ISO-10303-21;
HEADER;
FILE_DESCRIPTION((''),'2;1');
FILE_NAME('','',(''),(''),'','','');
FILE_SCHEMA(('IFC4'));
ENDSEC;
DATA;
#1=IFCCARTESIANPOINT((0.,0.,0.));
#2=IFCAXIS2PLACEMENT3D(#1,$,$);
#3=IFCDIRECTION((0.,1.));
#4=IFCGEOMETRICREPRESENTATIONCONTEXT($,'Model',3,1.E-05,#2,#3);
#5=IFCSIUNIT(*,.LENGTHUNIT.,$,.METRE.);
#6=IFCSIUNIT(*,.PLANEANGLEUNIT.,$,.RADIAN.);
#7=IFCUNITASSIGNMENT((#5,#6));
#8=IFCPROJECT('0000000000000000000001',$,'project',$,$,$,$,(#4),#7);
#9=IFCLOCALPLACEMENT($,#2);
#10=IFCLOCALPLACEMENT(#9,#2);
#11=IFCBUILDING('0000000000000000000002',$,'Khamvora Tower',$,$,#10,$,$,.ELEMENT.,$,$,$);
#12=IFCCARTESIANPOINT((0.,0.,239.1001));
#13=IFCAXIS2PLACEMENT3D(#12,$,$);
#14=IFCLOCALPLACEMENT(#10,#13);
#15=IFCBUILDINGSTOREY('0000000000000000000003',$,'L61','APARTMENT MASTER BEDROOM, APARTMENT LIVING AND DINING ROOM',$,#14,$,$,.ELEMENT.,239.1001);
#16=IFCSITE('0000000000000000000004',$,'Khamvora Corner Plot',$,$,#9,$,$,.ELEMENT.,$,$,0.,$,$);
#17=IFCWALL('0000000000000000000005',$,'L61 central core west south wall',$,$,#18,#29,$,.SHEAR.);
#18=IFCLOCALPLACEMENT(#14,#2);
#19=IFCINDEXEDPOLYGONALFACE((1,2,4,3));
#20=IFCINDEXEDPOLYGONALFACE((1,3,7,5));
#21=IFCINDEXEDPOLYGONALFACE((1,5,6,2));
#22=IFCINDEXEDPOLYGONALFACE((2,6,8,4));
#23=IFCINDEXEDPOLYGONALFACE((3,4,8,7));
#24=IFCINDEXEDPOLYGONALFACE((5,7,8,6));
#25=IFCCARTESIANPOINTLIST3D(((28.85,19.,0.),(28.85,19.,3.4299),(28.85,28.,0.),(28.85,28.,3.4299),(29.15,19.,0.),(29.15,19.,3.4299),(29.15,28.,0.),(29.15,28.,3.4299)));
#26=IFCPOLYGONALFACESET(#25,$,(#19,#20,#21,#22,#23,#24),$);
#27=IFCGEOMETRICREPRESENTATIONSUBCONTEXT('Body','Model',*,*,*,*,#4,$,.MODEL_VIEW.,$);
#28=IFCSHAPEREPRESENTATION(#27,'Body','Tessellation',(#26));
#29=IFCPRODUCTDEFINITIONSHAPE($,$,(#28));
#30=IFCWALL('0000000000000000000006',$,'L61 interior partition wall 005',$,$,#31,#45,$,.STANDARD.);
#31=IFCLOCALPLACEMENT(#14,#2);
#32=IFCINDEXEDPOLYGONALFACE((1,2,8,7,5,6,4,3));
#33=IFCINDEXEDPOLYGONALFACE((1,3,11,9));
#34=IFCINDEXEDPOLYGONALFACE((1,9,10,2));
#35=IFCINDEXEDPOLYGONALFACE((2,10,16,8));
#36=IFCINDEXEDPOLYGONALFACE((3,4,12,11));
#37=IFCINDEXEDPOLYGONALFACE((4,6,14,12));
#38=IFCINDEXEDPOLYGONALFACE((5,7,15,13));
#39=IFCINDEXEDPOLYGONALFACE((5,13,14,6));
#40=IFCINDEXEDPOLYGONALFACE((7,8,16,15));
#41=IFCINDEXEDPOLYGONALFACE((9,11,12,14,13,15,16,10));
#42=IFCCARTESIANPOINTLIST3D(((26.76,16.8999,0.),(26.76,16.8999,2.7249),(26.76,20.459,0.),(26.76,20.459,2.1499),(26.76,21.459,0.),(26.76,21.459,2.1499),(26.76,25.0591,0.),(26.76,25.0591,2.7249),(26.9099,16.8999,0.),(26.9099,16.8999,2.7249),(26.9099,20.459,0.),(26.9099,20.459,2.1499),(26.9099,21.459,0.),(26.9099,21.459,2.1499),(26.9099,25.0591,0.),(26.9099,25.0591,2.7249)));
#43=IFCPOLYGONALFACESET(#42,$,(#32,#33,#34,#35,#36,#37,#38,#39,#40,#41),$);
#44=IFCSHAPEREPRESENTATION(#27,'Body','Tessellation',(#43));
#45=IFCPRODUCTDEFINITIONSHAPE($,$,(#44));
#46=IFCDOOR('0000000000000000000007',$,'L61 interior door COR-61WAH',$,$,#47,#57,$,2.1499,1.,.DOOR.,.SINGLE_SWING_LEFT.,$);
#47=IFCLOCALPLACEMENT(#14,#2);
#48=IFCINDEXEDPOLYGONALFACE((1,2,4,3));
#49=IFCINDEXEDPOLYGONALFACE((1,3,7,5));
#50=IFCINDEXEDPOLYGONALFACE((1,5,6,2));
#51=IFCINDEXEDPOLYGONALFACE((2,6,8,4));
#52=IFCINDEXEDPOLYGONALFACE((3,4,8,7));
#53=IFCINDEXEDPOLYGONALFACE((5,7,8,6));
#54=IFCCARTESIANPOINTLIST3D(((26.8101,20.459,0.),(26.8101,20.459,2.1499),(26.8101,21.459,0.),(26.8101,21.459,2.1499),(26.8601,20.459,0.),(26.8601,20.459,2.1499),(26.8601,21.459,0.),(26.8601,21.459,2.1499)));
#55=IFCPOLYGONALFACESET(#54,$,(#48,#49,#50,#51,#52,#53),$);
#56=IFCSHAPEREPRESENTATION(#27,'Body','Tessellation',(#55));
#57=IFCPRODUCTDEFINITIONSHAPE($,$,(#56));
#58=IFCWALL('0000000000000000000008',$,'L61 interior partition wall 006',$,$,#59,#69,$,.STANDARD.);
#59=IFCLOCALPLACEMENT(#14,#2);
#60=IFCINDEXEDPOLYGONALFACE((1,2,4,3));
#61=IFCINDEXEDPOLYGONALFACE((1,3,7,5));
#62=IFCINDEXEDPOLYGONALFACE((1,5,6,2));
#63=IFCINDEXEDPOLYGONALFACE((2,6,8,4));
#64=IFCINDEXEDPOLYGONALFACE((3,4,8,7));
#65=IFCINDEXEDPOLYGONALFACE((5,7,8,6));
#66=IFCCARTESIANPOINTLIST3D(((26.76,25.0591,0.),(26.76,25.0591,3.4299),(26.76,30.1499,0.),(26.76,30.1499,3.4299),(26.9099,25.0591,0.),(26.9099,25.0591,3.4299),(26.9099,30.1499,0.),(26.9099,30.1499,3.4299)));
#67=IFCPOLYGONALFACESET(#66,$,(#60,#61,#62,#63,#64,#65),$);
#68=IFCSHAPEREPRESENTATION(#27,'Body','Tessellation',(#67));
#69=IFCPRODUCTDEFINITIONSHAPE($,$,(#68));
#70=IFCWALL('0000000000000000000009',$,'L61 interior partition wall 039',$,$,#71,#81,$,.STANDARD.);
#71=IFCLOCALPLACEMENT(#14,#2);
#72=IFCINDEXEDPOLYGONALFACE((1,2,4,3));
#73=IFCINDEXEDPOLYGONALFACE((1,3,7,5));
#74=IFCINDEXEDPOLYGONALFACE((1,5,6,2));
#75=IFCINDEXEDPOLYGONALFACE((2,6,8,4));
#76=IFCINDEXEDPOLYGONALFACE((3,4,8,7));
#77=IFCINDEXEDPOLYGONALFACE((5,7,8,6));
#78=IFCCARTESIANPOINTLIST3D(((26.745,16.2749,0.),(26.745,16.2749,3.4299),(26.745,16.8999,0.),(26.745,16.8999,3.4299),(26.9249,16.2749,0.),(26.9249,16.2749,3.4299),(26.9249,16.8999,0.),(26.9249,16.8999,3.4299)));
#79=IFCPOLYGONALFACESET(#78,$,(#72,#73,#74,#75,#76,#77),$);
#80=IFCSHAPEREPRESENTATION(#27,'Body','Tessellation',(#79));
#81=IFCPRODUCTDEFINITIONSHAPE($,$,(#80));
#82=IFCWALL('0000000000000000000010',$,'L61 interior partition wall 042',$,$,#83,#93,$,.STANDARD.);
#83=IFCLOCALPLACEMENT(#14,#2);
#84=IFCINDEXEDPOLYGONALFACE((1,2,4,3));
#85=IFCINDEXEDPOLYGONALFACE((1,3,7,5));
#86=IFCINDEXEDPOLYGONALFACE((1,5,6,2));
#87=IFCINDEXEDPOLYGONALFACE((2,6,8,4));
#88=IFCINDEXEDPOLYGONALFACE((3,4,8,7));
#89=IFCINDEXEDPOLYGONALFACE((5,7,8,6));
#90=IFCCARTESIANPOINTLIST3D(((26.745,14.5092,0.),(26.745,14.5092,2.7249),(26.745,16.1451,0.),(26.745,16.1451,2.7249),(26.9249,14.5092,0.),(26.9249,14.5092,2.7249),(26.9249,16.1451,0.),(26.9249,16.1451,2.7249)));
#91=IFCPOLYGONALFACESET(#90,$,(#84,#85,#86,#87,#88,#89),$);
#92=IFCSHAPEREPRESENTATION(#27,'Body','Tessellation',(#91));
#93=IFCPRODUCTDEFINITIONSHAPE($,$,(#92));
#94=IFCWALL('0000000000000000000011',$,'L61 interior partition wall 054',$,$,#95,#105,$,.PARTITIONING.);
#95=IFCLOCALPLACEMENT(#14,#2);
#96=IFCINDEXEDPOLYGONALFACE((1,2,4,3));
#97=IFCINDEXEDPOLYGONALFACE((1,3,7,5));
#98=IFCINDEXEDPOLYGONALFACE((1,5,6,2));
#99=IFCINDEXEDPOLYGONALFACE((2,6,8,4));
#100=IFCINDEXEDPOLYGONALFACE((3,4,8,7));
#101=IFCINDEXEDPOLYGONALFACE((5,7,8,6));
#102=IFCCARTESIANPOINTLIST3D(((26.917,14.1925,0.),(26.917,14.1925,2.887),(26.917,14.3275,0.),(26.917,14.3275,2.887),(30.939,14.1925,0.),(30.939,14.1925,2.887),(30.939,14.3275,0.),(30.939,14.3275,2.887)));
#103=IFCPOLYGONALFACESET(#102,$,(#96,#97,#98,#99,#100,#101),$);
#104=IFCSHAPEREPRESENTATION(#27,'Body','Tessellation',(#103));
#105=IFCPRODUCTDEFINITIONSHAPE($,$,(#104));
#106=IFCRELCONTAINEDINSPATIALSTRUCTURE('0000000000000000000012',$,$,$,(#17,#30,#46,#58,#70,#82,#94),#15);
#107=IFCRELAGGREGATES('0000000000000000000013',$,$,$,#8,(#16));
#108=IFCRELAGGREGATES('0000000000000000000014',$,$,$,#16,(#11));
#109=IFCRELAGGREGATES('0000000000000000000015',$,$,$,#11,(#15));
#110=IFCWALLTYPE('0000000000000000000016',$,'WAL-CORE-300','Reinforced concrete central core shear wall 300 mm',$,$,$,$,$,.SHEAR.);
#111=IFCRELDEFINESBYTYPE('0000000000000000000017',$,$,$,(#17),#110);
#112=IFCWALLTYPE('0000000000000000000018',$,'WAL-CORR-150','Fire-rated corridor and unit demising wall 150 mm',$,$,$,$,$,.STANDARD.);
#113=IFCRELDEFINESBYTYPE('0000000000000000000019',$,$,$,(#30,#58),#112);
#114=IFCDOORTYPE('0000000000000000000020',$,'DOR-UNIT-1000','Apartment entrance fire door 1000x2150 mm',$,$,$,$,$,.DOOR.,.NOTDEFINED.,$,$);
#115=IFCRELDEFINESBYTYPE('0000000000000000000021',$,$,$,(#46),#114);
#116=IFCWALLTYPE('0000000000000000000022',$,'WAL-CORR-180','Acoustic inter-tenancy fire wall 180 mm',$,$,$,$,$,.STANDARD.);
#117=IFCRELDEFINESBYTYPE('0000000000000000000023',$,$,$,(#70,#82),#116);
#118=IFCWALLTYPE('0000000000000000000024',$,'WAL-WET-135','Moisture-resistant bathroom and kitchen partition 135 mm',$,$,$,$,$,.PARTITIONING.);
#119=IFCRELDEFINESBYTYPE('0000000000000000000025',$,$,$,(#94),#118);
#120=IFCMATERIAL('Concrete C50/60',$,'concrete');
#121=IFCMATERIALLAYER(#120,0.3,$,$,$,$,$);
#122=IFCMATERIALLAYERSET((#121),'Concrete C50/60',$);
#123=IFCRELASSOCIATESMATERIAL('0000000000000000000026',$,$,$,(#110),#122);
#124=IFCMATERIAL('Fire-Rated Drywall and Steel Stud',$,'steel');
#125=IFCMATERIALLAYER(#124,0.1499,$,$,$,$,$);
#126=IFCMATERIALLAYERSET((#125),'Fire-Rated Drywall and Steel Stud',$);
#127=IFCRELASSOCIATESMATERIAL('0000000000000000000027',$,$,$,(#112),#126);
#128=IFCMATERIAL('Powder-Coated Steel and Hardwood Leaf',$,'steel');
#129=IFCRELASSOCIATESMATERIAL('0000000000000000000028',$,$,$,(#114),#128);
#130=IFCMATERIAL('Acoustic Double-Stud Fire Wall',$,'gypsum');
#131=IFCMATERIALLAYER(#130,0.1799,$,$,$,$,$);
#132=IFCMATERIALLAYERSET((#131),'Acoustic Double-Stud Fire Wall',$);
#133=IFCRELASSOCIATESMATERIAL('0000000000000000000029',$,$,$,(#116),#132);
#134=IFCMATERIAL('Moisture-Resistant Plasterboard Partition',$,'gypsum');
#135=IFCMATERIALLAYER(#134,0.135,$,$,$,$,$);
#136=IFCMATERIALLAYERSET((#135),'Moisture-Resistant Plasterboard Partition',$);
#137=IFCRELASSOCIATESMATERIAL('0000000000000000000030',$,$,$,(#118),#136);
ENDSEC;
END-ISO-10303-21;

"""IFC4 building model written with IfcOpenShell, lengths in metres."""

from ifc_helpers import new_model, si_unit, direction, frame, frame_2d, origin, place, context, subcontext, project, spatial, rectangle, extrude, material, layer, layer_set, type_object, element, fill, save


model = new_model("IFC4")

# Units and contexts
model_context = context("Model", 3, precision=1e-05, world=origin(), true_north=direction((0.0, 1.0)))
body_context = subcontext(model_context, "Body", "Model", "MODEL_VIEW")
ifc_project = project(units=[si_unit("LENGTHUNIT", "METRE"), si_unit("PLANEANGLEUNIT", "RADIAN")], contexts=[model_context])

# Site, building, storey
site_placement = place(None, origin())
site = spatial("IfcSite", under=ifc_project, at=site_placement, Name="Khamvora Corner Plot", CompositionType="ELEMENT", RefElevation=0.0)
building_placement = place(site_placement, origin())
building = spatial("IfcBuilding", under=site, at=building_placement, Name="Khamvora Tower", CompositionType="ELEMENT")
storey_placement = place(building_placement, frame((0.0, 0.0, 239.1001)))
storey = spatial("IfcBuildingStorey", under=building, at=storey_placement, Name="L61", Description="APARTMENT MASTER BEDROOM, APARTMENT LIVING AND DINING ROOM", CompositionType="ELEMENT", Elevation=239.1001)

# Wall
ifc_material_1 = material(Name="Concrete C50/60", Category="concrete")
ifc_layer_1 = layer(ifc_material_1, 0.3)
ifc_layer_set_1 = layer_set([ifc_layer_1], Name="Concrete C50/60")
wall_type_1 = type_object("IfcWallType", Name="WAL-CORE-300", Description="Reinforced concrete central core shear wall 300 mm", PredefinedType="SHEAR", material=ifc_layer_set_1)
wall_1_placement = place(storey_placement, frame((29.0, 19.0, 0.0), z_axis=(0.0, 0.0, 1.0), x_axis=(0.0, 1.0, 0.0)))
element("IfcWall", 1, at=wall_1_placement, inside=storey, type_object=wall_type_1, Name="L61 central core west south wall", PredefinedType="SHEAR", context=body_context, shape_type="SweptSolid", body=[
    extrude(rectangle(XDim=9.0, YDim=0.3, at=frame_2d((4.5, 0.0))), origin(), (0.0, 0.0, 1.0), 3.4299),
])

# Wall, opening, door
ifc_material_2 = material(Name="Fire-Rated Drywall and Steel Stud", Category="steel")
ifc_layer_2 = layer(ifc_material_2, 0.1499)
ifc_layer_set_2 = layer_set([ifc_layer_2], Name="Fire-Rated Drywall and Steel Stud")
wall_type_2 = type_object("IfcWallType", Name="WAL-CORR-150", Description="Fire-rated corridor and unit demising wall 150 mm", PredefinedType="STANDARD", material=ifc_layer_set_2)
wall_2_placement = place(storey_placement, frame((26.835, 16.8999, 0.0), z_axis=(0.0, 0.0, 1.0), x_axis=(0.0, 1.0, 0.0)))
wall_2 = element("IfcWall", 2, at=wall_2_placement, inside=storey, type_object=wall_type_2, Name="L61 interior partition wall 005", PredefinedType="STANDARD", context=body_context, shape_type="SweptSolid", body=[
    extrude(rectangle(XDim=8.1592, YDim=0.1499, at=frame_2d((4.0796, 0.0))), origin(), (0.0, 0.0, 1.0), 2.7249),
])
opening_placement = place(wall_2_placement, frame((3.5591, 0.0, 0.0)))
opening = element("IfcOpeningElement", 3, at=opening_placement, cuts=wall_2, PredefinedType="OPENING", context=body_context, shape_type="SweptSolid", body=[
    extrude(rectangle(XDim=1.0, YDim=2.1499, at=frame_2d((0.5, 1.075))), frame((0.0, 0.085, 0.0), z_axis=(0.0, -1.0, 0.0), x_axis=(1.0, 0.0, 0.0)), (0.0, 0.0, 1.0), 0.1699),
])
ifc_material_3 = material(Name="Powder-Coated Steel and Hardwood Leaf", Category="steel")
door_type = type_object("IfcDoorType", Name="DOR-UNIT-1000", Description="Apartment entrance fire door 1000x2150 mm", OperationType="NOTDEFINED", PredefinedType="DOOR", material=ifc_material_3)
door_placement = place(opening_placement, origin())
door = element("IfcDoor", 4, at=door_placement, inside=storey, type_object=door_type, Name="L61 interior door COR-61WAH", OperationType="SINGLE_SWING_LEFT", OverallHeight=2.1499, OverallWidth=1.0, PredefinedType="DOOR", context=body_context, shape_type="SweptSolid", body=[
    extrude(rectangle(XDim=1.0, YDim=2.1499, at=frame_2d((0.5, 1.075))), frame((0.0, 0.0249, 0.0), z_axis=(0.0, -1.0, 0.0), x_axis=(1.0, 0.0, 0.0)), (0.0, 0.0, 1.0), 0.05),
])
fill(opening, door)

# Walls
wall_3_placement = place(storey_placement, frame((26.835, 25.0591, 0.0), z_axis=(0.0, 0.0, 1.0), x_axis=(0.0, 1.0, 0.0)))
element("IfcWall", 5, at=wall_3_placement, inside=storey, type_object=wall_type_2, Name="L61 interior partition wall 006", PredefinedType="STANDARD", context=body_context, shape_type="SweptSolid", body=[
    extrude(rectangle(XDim=5.0908, YDim=0.1499, at=frame_2d((2.5454, 0.0))), origin(), (0.0, 0.0, 1.0), 3.4299),
])
ifc_material_4 = material(Name="Acoustic Double-Stud Fire Wall", Category="gypsum")
ifc_layer_3 = layer(ifc_material_4, 0.1799)
ifc_layer_set_3 = layer_set([ifc_layer_3], Name="Acoustic Double-Stud Fire Wall")
wall_type_3 = type_object("IfcWallType", Name="WAL-CORR-180", Description="Acoustic inter-tenancy fire wall 180 mm", PredefinedType="STANDARD", material=ifc_layer_set_3)
wall_4_placement = place(storey_placement, frame((26.835, 16.8999, 0.0), z_axis=(0.0, 0.0, 1.0), x_axis=(0.0, -1.0, 0.0)))
element("IfcWall", 6, at=wall_4_placement, inside=storey, type_object=wall_type_3, Name="L61 interior partition wall 039", PredefinedType="STANDARD", context=body_context, shape_type="SweptSolid", body=[
    extrude(rectangle(XDim=0.625, YDim=0.1799, at=frame_2d((0.3125, 0.0))), origin(), (0.0, 0.0, 1.0), 3.4299),
])
wall_5_placement = place(storey_placement, frame((26.835, 16.145, 0.0), z_axis=(0.0, 0.0, 1.0), x_axis=(0.0, -1.0, 0.0)))
element("IfcWall", 7, at=wall_5_placement, inside=storey, type_object=wall_type_3, Name="L61 interior partition wall 042", PredefinedType="STANDARD", context=body_context, shape_type="SweptSolid", body=[
    extrude(rectangle(XDim=1.636, YDim=0.1799, at=frame_2d((0.8179, 0.0))), origin(), (0.0, 0.0, 1.0), 2.7249),
])
ifc_material_5 = material(Name="Moisture-Resistant Plasterboard Partition", Category="gypsum")
ifc_layer_4 = layer(ifc_material_5, 0.135)
ifc_layer_set_4 = layer_set([ifc_layer_4], Name="Moisture-Resistant Plasterboard Partition")
wall_type_4 = type_object("IfcWallType", Name="WAL-WET-135", Description="Moisture-resistant bathroom and kitchen partition 135 mm", PredefinedType="PARTITIONING", material=ifc_layer_set_4)
wall_6_placement = place(storey_placement, frame((26.917, 14.26, 0.0), z_axis=(0.0, 0.0, 1.0), x_axis=(1.0, 0.0, 0.0)))
element("IfcWall", 8, at=wall_6_placement, inside=storey, type_object=wall_type_4, Name="L61 interior partition wall 054", PredefinedType="PARTITIONING", context=body_context, shape_type="SweptSolid", body=[
    extrude(rectangle(XDim=4.022, YDim=0.135, at=frame_2d((2.011, 0.0))), origin(), (0.0, 0.0, 1.0), 2.887),
])

save(model, "model.ifc")
